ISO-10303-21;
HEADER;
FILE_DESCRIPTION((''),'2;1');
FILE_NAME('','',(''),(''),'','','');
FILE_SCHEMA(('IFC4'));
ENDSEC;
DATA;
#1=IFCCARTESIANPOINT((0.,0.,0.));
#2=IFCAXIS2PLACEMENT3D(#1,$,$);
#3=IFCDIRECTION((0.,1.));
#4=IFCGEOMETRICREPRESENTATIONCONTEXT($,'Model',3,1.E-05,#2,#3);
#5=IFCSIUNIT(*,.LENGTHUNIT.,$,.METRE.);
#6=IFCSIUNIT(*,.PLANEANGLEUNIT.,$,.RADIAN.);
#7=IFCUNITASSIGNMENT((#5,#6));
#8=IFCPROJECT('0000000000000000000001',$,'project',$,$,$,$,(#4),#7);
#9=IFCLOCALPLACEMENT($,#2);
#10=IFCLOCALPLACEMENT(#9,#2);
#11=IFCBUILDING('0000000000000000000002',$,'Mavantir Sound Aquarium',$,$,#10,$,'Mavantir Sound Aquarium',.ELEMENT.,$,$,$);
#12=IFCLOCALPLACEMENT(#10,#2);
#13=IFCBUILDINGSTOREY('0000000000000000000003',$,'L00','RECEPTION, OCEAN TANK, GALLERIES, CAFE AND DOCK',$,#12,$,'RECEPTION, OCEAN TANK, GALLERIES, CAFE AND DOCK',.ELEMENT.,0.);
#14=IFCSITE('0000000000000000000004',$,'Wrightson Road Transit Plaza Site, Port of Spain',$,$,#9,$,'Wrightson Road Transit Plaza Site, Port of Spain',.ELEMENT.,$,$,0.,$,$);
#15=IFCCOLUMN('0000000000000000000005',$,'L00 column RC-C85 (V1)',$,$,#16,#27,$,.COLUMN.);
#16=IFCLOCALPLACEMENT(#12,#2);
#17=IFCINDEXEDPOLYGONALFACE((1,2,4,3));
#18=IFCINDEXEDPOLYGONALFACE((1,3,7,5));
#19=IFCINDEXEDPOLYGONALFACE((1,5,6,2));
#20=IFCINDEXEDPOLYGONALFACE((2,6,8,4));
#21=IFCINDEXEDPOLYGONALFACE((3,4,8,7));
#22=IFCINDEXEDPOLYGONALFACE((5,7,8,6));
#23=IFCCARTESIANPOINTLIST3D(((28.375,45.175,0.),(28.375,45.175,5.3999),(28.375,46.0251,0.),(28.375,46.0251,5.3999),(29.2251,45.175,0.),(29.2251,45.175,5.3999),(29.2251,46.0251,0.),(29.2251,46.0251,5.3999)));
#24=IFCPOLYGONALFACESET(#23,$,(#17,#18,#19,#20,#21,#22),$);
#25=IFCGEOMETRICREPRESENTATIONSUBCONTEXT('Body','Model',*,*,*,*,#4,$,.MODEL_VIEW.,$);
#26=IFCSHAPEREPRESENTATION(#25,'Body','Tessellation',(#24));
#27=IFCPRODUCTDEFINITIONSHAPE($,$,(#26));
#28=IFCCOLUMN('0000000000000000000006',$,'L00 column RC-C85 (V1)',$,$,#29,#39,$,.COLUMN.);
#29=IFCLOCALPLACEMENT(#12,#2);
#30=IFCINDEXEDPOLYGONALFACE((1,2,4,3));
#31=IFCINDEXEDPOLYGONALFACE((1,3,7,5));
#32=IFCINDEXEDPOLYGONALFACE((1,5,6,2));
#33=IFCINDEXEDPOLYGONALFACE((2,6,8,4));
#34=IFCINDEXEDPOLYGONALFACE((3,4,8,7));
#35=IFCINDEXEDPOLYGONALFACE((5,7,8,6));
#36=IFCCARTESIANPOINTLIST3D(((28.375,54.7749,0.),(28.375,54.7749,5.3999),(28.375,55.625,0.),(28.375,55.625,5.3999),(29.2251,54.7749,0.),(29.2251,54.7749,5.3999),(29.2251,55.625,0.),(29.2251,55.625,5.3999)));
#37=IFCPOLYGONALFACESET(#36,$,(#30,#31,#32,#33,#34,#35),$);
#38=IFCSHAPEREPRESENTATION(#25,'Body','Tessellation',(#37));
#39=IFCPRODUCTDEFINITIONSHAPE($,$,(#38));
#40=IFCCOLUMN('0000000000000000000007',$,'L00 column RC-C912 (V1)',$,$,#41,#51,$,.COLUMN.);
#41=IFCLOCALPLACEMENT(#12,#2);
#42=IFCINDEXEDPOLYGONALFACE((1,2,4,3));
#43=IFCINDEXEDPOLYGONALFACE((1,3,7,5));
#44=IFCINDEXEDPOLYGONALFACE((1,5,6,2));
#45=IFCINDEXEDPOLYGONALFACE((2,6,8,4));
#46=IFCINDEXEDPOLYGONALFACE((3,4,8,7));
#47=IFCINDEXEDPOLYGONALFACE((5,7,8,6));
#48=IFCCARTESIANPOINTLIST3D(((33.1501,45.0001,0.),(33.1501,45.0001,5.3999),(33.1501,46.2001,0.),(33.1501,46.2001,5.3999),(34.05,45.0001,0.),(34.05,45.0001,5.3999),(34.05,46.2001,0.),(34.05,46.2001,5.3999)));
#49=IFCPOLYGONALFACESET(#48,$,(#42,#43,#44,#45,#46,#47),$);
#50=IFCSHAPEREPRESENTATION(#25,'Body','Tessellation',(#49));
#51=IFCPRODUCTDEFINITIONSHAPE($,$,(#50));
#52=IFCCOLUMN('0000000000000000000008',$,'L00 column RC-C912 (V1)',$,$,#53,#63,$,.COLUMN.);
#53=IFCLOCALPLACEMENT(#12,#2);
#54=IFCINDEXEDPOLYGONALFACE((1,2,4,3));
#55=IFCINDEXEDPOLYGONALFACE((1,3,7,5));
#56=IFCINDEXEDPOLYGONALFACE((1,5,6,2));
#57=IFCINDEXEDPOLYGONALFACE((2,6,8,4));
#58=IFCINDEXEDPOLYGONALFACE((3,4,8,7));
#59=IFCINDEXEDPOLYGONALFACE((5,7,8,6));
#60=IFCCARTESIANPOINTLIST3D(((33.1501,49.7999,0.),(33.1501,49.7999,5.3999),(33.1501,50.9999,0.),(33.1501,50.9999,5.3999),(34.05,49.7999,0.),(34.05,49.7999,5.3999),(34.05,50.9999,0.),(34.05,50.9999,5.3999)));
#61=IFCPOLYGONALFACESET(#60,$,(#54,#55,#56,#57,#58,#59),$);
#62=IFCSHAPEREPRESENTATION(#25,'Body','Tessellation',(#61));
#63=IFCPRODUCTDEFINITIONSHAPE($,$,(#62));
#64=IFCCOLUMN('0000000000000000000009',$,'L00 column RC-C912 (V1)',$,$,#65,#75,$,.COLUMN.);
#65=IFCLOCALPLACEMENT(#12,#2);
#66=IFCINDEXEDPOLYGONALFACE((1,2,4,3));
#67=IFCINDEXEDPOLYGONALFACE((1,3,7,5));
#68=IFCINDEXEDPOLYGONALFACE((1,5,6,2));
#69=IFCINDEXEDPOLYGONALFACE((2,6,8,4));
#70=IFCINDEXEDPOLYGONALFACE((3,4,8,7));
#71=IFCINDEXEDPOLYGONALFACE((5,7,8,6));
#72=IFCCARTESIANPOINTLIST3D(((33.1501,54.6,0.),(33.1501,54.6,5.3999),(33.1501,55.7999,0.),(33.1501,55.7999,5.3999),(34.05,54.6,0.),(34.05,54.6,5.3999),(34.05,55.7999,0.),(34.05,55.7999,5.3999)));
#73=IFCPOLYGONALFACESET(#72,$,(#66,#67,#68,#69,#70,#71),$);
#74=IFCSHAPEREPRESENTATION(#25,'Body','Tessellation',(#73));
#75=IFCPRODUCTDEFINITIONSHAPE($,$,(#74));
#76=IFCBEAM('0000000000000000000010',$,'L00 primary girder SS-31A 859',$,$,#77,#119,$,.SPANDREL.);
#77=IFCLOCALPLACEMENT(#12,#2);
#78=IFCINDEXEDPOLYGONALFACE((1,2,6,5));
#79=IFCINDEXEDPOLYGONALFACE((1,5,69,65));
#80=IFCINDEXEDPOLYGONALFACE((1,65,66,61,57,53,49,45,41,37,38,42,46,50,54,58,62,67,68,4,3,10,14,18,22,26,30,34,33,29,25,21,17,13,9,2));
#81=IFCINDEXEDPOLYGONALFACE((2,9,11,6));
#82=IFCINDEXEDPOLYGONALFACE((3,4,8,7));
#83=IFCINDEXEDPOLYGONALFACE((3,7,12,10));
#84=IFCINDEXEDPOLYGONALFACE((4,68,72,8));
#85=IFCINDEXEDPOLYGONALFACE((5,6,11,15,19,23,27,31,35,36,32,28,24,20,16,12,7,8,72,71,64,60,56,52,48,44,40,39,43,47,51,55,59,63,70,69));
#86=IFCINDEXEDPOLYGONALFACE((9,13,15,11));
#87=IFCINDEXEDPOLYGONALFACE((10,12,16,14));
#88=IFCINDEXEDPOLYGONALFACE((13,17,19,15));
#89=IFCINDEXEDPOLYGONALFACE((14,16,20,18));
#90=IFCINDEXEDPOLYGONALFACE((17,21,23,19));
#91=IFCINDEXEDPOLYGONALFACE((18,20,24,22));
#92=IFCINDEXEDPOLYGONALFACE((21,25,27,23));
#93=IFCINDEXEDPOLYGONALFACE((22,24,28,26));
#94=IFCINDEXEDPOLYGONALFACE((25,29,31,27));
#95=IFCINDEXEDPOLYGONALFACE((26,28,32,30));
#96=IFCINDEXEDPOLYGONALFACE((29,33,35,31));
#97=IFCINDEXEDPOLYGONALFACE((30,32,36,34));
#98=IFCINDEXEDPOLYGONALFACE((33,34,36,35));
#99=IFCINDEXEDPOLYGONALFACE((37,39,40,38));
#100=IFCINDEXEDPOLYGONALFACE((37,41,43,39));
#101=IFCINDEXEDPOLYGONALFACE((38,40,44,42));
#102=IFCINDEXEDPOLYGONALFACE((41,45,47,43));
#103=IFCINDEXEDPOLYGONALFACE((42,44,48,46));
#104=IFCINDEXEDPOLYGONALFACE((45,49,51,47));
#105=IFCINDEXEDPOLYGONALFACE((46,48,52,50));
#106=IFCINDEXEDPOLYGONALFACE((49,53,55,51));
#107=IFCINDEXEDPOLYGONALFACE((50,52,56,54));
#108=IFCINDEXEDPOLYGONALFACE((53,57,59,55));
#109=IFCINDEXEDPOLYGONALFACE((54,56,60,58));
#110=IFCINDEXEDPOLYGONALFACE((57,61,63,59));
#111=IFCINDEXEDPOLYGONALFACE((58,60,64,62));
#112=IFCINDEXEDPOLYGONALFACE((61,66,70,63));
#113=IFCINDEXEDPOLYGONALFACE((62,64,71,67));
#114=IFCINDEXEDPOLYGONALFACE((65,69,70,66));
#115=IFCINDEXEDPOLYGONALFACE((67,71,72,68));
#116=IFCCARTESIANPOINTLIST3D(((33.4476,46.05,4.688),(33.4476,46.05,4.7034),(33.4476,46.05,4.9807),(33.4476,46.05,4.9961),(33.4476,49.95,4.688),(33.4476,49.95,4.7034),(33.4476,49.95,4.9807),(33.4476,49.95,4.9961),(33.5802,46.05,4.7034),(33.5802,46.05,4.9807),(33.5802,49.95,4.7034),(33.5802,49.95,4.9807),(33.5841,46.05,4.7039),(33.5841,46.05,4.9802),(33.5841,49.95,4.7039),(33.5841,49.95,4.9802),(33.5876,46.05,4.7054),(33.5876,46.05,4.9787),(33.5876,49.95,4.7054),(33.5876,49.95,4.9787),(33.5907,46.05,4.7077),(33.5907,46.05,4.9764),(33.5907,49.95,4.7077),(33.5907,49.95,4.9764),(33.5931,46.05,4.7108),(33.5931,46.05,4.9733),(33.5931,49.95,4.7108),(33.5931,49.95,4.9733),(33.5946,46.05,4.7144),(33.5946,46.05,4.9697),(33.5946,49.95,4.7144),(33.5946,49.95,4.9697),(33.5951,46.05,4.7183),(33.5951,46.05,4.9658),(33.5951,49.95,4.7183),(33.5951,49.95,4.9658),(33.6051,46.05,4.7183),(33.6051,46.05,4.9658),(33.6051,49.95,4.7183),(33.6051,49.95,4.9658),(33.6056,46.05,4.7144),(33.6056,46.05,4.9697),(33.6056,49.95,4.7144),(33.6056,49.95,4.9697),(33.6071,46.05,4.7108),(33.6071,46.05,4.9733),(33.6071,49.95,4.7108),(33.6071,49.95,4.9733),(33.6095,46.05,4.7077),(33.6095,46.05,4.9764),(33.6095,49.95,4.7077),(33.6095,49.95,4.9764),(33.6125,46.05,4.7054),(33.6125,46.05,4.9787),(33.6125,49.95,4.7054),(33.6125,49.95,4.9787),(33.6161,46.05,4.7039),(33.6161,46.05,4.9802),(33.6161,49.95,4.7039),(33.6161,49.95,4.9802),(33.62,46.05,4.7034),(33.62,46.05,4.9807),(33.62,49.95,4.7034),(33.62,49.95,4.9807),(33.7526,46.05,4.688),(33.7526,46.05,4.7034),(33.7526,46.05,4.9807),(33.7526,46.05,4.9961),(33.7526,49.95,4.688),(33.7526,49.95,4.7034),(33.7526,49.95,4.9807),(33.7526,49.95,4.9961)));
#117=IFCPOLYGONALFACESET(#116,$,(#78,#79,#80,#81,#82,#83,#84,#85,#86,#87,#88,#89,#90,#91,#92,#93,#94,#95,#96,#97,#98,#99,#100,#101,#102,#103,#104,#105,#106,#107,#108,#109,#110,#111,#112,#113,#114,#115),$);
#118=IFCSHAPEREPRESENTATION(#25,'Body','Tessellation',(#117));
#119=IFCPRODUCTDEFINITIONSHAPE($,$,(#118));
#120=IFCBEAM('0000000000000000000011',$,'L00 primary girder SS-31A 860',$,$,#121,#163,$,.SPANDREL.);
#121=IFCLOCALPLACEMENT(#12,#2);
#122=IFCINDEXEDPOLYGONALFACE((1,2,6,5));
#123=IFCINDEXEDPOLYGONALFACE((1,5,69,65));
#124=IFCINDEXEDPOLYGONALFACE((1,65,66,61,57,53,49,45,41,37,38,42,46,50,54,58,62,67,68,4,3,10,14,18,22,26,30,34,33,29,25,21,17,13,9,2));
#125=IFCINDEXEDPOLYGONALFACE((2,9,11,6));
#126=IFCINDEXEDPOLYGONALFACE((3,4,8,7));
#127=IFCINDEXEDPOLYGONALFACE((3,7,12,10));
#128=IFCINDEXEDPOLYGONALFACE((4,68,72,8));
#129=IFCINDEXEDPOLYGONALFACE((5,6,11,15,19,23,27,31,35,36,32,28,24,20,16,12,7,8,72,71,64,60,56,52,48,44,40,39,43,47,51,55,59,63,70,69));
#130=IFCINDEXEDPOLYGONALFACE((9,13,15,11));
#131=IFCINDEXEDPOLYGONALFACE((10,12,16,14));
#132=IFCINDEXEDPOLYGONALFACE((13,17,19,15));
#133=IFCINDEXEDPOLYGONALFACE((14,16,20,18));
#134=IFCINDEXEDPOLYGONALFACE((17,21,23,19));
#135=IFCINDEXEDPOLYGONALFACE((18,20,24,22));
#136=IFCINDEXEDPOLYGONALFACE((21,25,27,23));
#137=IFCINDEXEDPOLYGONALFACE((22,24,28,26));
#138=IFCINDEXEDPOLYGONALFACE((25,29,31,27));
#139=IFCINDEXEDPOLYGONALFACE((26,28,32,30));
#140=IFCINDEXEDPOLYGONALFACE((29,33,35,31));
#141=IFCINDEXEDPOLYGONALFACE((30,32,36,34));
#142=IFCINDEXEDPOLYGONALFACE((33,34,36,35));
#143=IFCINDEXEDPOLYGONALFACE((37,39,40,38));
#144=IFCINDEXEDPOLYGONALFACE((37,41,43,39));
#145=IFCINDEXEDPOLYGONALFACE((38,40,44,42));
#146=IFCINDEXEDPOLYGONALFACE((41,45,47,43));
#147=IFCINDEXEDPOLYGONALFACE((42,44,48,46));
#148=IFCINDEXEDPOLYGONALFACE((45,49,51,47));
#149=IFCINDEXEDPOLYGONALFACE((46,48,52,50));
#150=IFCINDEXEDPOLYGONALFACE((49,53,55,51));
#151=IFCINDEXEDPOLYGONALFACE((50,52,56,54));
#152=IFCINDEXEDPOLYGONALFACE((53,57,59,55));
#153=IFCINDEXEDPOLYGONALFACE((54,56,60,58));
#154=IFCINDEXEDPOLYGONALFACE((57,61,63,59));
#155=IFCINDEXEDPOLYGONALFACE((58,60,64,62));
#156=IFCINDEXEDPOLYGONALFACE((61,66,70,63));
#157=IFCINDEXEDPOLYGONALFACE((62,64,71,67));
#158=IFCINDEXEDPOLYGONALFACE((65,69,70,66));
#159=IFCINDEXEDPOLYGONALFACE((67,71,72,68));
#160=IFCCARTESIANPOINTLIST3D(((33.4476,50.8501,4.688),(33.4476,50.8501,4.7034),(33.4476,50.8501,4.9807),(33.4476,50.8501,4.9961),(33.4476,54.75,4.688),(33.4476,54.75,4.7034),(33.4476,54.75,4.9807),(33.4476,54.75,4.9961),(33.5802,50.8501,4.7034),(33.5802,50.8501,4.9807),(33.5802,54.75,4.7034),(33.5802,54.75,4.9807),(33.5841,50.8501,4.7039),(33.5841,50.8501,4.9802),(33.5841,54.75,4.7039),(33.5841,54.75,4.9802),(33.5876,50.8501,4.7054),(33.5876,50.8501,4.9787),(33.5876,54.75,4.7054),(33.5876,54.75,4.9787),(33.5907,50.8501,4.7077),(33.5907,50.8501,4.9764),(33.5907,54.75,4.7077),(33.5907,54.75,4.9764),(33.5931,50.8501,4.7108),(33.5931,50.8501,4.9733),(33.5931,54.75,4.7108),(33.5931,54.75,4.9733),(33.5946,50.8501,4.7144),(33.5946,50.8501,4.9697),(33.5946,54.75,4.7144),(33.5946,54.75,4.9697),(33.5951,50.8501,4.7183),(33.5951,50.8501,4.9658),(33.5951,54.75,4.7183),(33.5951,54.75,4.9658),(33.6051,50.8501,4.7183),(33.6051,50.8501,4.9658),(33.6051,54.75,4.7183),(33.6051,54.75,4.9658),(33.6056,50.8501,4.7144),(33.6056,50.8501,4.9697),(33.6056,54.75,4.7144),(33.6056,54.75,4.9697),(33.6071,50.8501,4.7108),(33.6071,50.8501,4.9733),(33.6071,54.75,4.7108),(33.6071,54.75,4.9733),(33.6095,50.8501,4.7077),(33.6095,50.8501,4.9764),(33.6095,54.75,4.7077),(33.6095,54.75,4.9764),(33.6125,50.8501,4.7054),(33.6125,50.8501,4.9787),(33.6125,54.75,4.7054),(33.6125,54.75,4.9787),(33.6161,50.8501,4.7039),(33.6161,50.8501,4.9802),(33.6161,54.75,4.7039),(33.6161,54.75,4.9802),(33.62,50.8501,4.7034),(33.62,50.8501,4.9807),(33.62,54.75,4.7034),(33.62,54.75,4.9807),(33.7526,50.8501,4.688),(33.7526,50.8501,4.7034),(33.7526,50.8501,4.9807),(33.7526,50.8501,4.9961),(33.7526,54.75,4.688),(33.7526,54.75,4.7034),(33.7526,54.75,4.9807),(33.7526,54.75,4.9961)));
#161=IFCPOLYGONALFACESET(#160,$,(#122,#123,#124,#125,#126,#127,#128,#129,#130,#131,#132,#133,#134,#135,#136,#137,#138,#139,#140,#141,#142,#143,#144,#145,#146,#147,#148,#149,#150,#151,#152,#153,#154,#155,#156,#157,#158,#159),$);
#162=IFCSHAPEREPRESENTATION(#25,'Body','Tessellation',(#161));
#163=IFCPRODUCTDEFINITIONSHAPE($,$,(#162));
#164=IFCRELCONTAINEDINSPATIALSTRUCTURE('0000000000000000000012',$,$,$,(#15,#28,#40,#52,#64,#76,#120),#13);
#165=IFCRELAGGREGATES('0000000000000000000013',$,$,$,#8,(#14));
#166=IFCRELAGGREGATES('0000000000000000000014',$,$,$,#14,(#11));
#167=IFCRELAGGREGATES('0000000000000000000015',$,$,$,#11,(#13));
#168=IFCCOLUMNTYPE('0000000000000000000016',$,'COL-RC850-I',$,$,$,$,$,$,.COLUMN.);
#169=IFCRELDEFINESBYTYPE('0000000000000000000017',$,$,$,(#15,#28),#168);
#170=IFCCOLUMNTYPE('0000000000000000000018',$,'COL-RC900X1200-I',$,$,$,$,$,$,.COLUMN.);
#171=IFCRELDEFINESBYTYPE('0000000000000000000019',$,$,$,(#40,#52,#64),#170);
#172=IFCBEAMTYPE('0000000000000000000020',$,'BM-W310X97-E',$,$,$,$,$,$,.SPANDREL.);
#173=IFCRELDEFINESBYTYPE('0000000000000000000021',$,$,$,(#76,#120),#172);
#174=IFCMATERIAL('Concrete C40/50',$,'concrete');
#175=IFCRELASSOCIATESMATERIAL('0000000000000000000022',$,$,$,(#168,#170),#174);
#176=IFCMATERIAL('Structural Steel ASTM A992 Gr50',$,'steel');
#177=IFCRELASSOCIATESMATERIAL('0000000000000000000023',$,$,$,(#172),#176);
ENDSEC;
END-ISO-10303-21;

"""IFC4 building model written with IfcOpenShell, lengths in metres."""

from ifc_helpers import new_model, si_unit, direction, frame, origin, origin_2d, place, context, subcontext, project, spatial, rectangle, i_section, extrude, material, material_profile, profile_set, type_object, element, save


model = new_model("IFC4")

# Units and contexts
model_context = context("Model", 3, precision=1e-05, world=origin(), true_north=direction((0.0, 1.0)))
body_context = subcontext(model_context, "Body", "Model", "MODEL_VIEW")
ifc_project = project(units=[si_unit("LENGTHUNIT", "METRE"), si_unit("PLANEANGLEUNIT", "RADIAN")], contexts=[model_context])

# Site, building, storey
site_placement = place(None, origin())
site = spatial("IfcSite", under=ifc_project, at=site_placement, Name="Wrightson Road Transit Plaza Site, Port of Spain", LongName="Wrightson Road Transit Plaza Site, Port of Spain", CompositionType="ELEMENT", RefElevation=0.0)
building_placement = place(site_placement, origin())
building = spatial("IfcBuilding", under=site, at=building_placement, Name="Mavantir Sound Aquarium", LongName="Mavantir Sound Aquarium", CompositionType="ELEMENT")
storey_placement = place(building_placement, origin())
storey = spatial("IfcBuildingStorey", under=building, at=storey_placement, Name="L00", Description="RECEPTION, OCEAN TANK, GALLERIES, CAFE AND DOCK", LongName="RECEPTION, OCEAN TANK, GALLERIES, CAFE AND DOCK", CompositionType="ELEMENT", Elevation=0.0)

# Columns
ifc_material_1 = material(Name="Concrete C40/50", Category="concrete")
ifc_material_profile_1 = material_profile(ifc_material_1, rectangle(XDim=0.8501, YDim=0.8501, at=origin_2d()), Name="RC 850X850")
ifc_profile_set_1 = profile_set([ifc_material_profile_1], Name="Concrete C40/50")
column_type_1 = type_object("IfcColumnType", Name="COL-RC850-I", PredefinedType="COLUMN", material=ifc_profile_set_1)
for number, where, z_axis, x_axis, name in (
    (1, (28.8, 45.6001, 0.0), (0.0, 0.0, 1.0), (1.0, 0.0, 0.0), "L00 column RC-C85 (V1)"),
    (2, (28.8, 55.2, 0.0), (0.0, 0.0, 1.0), (1.0, 0.0, 0.0), "L00 column RC-C85 (V1)"),
):
    element("IfcColumn", number, at=place(storey_placement, frame(where, z_axis=z_axis, x_axis=x_axis)), inside=storey, type_object=column_type_1, Name=name, PredefinedType="COLUMN", context=body_context, shape_type="SweptSolid", body=[
        extrude(rectangle(XDim=0.8501, YDim=0.8501, at=origin_2d()), origin(), (0.0, 0.0, 1.0), 5.3999),
    ])
ifc_material_profile_2 = material_profile(ifc_material_1, rectangle(XDim=0.8999, YDim=1.2, at=origin_2d()), Name="RC 900X1200")
ifc_profile_set_2 = profile_set([ifc_material_profile_2], Name="Concrete C40/50")
column_type_2 = type_object("IfcColumnType", Name="COL-RC900X1200-I", PredefinedType="COLUMN", material=ifc_profile_set_2)
for number, where, z_axis, x_axis, name in (
    (3, (33.6001, 45.6001, 0.0), (0.0, 0.0, 1.0), (1.0, 0.0, 0.0), "L00 column RC-C912 (V1)"),
    (4, (33.6001, 50.3999, 0.0), (0.0, 0.0, 1.0), (1.0, 0.0, 0.0), "L00 column RC-C912 (V1)"),
    (5, (33.6001, 55.2, 0.0), (0.0, 0.0, 1.0), (1.0, 0.0, 0.0), "L00 column RC-C912 (V1)"),
):
    element("IfcColumn", number, at=place(storey_placement, frame(where, z_axis=z_axis, x_axis=x_axis)), inside=storey, type_object=column_type_2, Name=name, PredefinedType="COLUMN", context=body_context, shape_type="SweptSolid", body=[
        extrude(rectangle(XDim=0.8999, YDim=1.2, at=origin_2d()), origin(), (0.0, 0.0, 1.0), 5.3999),
    ])

# Beams
ifc_material_2 = material(Name="Structural Steel ASTM A992 Gr50", Category="steel")
ifc_material_profile_3 = material_profile(ifc_material_2, i_section(OverallWidth=0.3049, OverallDepth=0.3081, WebThickness=0.01, FlangeThickness=0.0154, FilletRadius=0.0149, at=origin_2d()), Name="W310X97")
ifc_profile_set_3 = profile_set([ifc_material_profile_3], Name="Structural Steel ASTM A992 Gr50")
beam_type_1 = type_object("IfcBeamType", Name="BM-W310X97-E", PredefinedType="SPANDREL", material=ifc_profile_set_3)
for number, where, z_axis, x_axis, name in (
    (6, (33.6001, 46.05, 4.842), (0.0, 1.0, 0.0), (-1.0, 0.0, 0.0), "L00 primary girder SS-31A 859"),
    (7, (33.6001, 50.8501, 4.842), (0.0, 1.0, 0.0), (-1.0, 0.0, 0.0), "L00 primary girder SS-31A 860"),
):
    element("IfcBeam", number, at=place(storey_placement, frame(where, z_axis=z_axis, x_axis=x_axis)), inside=storey, type_object=beam_type_1, Name=name, PredefinedType="SPANDREL", context=body_context, shape_type="SweptSolid", body=[
        extrude(i_section(OverallWidth=0.3049, OverallDepth=0.3081, WebThickness=0.01, FlangeThickness=0.0154, FilletRadius=0.0149, at=origin_2d()), origin(), (0.0, 0.0, 1.0), 3.8999),
    ])

save(model, "model.ifc")
